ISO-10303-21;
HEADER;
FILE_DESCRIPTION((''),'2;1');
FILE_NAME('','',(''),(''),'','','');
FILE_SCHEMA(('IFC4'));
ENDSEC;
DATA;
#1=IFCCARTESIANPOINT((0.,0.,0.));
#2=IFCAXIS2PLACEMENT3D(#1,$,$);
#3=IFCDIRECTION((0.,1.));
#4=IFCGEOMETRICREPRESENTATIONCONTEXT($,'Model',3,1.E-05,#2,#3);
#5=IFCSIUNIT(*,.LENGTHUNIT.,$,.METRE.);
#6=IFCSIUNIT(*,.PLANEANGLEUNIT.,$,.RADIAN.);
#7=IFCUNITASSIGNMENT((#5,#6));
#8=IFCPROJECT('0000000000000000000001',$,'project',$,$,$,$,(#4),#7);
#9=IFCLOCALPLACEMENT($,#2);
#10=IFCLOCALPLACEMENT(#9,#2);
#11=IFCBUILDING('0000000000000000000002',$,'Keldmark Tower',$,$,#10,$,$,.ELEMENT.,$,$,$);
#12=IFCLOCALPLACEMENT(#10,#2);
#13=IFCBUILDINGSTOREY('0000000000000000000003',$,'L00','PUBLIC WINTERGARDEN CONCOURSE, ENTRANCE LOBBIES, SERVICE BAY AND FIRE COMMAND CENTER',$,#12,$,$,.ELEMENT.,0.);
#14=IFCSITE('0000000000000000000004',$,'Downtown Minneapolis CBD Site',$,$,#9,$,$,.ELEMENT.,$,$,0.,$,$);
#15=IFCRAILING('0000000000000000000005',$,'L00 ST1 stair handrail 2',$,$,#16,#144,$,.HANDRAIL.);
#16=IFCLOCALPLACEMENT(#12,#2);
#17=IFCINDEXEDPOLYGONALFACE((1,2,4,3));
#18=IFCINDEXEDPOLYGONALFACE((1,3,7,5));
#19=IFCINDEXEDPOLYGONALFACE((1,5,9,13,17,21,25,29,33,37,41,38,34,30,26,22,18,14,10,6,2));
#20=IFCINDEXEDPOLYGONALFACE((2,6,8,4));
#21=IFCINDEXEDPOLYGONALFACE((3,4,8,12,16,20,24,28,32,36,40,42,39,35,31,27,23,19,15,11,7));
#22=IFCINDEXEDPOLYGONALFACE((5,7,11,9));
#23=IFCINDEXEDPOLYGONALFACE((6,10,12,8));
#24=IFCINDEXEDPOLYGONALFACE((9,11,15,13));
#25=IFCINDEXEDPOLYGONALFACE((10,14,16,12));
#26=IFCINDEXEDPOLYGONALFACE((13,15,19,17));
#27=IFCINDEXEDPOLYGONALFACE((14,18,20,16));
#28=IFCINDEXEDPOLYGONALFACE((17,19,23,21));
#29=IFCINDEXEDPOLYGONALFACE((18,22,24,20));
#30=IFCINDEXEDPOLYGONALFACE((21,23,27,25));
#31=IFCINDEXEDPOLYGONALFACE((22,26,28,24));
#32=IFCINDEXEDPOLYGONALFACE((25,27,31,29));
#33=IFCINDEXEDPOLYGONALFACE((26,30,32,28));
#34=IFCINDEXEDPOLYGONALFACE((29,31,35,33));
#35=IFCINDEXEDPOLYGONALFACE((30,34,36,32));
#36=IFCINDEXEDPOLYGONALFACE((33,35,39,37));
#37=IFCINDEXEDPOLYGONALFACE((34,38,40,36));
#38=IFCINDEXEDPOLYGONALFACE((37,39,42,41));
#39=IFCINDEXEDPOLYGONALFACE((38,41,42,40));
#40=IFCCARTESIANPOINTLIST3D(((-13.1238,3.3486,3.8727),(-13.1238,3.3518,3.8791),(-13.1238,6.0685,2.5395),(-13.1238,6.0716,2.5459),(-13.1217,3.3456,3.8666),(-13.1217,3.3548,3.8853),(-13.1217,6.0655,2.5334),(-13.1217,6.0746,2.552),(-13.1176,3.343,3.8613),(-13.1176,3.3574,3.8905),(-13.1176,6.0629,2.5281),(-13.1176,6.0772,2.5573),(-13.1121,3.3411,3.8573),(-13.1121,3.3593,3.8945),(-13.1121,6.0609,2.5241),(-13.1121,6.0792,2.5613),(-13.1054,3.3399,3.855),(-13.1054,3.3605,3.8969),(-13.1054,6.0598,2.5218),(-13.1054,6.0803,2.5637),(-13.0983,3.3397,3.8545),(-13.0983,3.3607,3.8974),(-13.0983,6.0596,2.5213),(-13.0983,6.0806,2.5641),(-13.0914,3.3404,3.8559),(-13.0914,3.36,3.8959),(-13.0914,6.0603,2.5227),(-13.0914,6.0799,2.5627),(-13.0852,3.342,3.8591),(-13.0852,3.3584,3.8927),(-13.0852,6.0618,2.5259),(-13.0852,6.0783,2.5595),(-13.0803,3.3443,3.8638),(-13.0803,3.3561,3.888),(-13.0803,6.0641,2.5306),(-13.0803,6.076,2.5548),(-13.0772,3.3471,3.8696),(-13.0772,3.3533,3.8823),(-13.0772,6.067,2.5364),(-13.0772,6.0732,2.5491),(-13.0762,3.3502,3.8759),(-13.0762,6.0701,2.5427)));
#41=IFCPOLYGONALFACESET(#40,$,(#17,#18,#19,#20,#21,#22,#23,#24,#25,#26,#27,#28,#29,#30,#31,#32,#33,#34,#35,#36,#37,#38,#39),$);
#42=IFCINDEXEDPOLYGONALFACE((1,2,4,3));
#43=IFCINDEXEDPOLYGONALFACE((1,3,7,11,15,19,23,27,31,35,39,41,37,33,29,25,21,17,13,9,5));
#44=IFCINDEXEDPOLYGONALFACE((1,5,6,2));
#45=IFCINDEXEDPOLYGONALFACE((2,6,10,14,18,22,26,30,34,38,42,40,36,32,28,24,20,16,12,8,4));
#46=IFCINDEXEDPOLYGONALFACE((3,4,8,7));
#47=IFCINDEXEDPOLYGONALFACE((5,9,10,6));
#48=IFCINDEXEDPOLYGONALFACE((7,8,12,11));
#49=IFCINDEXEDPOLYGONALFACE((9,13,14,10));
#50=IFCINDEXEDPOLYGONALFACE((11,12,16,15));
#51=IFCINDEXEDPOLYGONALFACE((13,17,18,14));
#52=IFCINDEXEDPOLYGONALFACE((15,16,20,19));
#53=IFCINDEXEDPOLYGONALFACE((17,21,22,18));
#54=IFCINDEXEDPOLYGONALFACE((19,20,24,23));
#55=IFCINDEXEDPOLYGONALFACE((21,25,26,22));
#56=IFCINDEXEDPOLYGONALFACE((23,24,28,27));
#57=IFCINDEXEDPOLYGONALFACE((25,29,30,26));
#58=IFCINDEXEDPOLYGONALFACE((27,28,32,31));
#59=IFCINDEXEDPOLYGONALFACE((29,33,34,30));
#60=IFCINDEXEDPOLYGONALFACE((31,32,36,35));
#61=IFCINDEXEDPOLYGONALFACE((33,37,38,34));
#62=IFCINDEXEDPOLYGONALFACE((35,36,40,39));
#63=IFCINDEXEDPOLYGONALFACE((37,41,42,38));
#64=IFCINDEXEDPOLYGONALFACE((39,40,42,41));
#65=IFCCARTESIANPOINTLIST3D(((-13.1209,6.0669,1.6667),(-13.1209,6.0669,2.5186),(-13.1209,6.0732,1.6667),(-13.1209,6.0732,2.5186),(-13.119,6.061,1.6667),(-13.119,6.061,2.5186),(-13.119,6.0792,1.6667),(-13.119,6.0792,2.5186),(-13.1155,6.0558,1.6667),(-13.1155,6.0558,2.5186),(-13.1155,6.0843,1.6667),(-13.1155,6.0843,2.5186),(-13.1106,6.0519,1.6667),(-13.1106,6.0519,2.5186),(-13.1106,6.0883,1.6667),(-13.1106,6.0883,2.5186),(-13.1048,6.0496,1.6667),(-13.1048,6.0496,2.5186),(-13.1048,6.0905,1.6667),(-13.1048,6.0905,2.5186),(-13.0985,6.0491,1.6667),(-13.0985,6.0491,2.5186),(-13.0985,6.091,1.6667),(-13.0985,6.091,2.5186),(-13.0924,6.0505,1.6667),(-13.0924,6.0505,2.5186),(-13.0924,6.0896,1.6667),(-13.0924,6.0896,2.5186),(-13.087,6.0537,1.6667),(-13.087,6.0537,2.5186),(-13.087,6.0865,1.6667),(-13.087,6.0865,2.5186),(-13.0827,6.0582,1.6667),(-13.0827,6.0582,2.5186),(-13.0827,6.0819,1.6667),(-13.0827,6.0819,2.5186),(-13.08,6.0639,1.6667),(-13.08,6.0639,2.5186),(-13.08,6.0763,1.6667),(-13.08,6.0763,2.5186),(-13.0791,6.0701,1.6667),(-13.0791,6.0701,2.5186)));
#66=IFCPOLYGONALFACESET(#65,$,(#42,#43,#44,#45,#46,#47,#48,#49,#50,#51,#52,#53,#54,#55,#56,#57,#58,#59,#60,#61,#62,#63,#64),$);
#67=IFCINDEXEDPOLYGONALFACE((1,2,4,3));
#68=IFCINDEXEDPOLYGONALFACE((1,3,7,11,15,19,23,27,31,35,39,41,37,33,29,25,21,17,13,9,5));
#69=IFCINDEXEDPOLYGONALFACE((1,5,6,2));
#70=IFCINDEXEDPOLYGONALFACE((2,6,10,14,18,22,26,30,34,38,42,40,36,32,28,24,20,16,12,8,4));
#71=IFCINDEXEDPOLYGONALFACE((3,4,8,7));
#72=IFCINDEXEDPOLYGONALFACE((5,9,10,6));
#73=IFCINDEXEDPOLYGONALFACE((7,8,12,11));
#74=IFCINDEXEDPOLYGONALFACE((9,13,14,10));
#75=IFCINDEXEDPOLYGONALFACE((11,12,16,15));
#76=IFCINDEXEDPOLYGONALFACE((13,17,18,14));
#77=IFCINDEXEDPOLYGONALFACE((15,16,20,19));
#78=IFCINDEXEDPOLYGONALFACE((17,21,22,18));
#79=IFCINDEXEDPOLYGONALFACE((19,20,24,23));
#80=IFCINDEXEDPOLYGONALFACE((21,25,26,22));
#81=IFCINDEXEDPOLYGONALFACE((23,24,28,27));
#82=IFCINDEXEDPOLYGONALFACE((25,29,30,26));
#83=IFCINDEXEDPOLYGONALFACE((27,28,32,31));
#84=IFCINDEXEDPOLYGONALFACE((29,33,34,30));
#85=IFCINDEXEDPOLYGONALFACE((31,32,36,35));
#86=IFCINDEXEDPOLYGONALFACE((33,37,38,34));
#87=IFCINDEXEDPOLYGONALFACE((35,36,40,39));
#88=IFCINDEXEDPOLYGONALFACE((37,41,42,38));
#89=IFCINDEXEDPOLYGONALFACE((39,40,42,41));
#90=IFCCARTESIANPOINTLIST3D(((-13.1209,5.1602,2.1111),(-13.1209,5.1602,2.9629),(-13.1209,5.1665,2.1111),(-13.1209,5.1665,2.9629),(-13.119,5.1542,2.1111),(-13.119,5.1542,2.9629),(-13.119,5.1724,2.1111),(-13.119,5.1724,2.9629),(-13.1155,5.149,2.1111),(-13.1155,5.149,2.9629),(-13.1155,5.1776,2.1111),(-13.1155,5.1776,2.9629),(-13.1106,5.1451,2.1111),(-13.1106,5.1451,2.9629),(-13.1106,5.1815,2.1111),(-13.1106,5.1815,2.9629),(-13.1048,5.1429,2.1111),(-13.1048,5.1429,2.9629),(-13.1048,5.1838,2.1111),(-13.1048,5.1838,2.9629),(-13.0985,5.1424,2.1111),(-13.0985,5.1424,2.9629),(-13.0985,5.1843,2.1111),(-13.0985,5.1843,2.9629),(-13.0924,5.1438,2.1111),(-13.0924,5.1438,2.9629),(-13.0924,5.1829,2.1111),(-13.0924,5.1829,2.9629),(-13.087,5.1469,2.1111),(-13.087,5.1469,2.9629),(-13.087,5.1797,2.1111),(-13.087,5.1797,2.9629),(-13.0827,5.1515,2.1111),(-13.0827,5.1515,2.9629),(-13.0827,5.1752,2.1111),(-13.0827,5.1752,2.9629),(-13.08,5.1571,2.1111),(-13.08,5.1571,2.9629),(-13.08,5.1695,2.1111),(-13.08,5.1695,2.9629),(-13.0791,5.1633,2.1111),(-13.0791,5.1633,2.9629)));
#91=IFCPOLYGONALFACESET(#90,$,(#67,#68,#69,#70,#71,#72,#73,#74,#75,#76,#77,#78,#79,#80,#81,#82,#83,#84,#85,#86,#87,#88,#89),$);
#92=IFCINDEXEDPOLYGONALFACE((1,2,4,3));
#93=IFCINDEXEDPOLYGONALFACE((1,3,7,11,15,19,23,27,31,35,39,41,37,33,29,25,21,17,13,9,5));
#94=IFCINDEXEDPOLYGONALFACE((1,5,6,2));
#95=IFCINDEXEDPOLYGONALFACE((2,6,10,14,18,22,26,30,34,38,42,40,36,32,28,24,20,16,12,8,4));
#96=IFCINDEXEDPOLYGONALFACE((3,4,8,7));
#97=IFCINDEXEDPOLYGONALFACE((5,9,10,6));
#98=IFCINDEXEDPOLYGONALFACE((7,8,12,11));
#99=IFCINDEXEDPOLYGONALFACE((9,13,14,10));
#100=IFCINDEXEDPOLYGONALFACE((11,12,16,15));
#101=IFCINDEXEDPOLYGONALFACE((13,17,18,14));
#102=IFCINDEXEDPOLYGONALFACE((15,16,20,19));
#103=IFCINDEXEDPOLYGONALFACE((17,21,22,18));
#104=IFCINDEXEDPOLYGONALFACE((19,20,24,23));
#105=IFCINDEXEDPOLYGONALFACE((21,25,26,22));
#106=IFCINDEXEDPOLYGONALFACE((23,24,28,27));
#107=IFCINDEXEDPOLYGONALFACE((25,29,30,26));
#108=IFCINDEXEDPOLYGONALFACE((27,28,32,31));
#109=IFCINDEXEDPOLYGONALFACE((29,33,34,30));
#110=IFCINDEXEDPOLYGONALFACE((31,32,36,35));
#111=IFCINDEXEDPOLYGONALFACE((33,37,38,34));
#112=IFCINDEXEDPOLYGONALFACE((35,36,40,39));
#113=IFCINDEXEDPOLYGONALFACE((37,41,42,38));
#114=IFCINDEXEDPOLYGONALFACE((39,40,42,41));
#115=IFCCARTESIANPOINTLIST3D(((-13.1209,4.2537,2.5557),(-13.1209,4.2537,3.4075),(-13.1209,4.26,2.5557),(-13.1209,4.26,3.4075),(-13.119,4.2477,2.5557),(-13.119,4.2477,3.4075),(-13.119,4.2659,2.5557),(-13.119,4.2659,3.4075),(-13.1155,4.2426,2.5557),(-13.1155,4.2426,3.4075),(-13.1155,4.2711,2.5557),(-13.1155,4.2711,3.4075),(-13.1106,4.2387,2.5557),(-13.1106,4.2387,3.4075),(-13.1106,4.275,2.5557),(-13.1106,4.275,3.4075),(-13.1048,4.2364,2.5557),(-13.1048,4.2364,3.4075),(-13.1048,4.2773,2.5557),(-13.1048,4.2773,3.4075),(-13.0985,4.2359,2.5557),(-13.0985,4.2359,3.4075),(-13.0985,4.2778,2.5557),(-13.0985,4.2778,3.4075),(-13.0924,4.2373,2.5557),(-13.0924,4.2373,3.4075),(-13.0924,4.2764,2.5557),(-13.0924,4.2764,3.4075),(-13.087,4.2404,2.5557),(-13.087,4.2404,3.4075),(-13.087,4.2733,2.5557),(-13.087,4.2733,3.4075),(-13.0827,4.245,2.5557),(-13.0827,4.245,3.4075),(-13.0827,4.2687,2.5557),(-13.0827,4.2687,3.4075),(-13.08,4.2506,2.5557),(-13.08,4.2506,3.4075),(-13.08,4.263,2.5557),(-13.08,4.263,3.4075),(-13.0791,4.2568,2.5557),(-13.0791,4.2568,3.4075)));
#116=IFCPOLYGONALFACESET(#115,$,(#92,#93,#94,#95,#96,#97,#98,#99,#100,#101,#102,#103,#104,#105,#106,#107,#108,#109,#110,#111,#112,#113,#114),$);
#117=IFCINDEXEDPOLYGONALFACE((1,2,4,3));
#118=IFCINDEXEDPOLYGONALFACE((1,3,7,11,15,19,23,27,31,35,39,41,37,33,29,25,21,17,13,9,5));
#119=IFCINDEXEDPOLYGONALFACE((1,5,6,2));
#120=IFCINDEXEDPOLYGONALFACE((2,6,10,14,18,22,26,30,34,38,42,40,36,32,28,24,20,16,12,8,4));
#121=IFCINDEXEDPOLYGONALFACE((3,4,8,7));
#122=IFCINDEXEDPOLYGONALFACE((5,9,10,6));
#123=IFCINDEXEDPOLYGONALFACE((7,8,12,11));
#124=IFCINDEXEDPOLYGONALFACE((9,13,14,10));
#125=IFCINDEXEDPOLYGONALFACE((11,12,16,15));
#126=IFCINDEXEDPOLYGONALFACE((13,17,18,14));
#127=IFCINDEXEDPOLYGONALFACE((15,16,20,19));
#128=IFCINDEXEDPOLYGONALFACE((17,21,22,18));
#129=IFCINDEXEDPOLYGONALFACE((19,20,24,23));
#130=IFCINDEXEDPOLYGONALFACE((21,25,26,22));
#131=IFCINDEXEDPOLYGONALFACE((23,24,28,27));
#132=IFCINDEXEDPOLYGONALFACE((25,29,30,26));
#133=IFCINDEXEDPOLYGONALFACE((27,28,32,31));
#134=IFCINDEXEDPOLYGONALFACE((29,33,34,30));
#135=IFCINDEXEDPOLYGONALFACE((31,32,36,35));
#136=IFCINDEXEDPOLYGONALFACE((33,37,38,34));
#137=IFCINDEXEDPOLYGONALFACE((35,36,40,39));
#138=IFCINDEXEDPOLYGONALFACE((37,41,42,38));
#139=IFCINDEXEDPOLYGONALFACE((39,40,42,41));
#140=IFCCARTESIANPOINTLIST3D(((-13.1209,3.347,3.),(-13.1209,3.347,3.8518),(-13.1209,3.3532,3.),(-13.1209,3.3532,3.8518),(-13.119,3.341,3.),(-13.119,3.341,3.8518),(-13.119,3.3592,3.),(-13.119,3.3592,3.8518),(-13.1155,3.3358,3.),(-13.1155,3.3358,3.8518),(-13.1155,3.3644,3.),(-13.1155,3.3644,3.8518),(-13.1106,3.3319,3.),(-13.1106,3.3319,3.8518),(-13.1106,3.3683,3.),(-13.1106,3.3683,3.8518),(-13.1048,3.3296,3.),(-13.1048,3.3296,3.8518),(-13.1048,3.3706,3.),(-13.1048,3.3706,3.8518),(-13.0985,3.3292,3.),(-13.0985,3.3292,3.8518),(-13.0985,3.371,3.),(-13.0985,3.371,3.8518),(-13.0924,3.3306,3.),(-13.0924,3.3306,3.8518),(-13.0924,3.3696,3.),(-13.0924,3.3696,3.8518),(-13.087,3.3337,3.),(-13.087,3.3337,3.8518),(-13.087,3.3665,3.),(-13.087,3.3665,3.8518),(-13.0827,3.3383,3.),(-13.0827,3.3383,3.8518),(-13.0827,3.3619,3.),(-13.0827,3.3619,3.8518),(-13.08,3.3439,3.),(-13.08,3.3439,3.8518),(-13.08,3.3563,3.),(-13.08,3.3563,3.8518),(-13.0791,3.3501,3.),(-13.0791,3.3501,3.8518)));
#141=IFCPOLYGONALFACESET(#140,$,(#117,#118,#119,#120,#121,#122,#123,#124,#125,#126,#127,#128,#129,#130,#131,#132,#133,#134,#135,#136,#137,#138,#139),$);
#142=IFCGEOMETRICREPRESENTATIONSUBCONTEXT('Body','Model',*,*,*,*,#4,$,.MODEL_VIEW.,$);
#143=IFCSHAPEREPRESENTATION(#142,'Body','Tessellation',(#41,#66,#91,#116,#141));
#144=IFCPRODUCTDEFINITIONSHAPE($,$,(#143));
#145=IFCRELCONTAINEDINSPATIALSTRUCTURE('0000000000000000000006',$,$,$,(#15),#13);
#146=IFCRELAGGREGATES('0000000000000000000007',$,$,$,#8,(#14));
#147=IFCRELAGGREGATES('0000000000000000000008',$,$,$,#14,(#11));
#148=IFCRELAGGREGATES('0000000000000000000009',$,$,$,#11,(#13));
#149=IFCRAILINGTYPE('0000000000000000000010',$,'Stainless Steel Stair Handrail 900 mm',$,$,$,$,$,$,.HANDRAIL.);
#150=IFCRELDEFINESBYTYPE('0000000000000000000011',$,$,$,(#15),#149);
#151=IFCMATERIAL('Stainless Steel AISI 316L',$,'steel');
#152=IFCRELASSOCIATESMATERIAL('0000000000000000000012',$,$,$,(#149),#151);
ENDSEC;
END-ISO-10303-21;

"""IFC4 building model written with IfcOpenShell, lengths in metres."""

from ifc_helpers import new_model, si_unit, direction, frame, origin, origin_2d, place, context, subcontext, project, spatial, circle, extrude, material, type_object, element, save


model = new_model("IFC4")

# Units and contexts
model_context = context("Model", 3, precision=1e-05, world=origin(), true_north=direction((0.0, 1.0)))
body_context = subcontext(model_context, "Body", "Model", "MODEL_VIEW")
ifc_project = project(units=[si_unit("LENGTHUNIT", "METRE"), si_unit("PLANEANGLEUNIT", "RADIAN")], contexts=[model_context])

# Site, building, storey
site_placement = place(None, origin())
site = spatial("IfcSite", under=ifc_project, at=site_placement, Name="Downtown Minneapolis CBD Site", CompositionType="ELEMENT", RefElevation=0.0)
building_placement = place(site_placement, origin())
building = spatial("IfcBuilding", under=site, at=building_placement, Name="Keldmark Tower", CompositionType="ELEMENT")
storey_placement = place(building_placement, origin())
storey = spatial("IfcBuildingStorey", under=building, at=storey_placement, Name="L00", Description="PUBLIC WINTERGARDEN CONCOURSE, ENTRANCE LOBBIES, SERVICE BAY AND FIRE COMMAND CENTER", CompositionType="ELEMENT", Elevation=0.0)

# Railing
ifc_material_1 = material(Name="Stainless Steel AISI 316L", Category="steel")
railing_type_1 = type_object("IfcRailingType", Name="Stainless Steel Stair Handrail 900 mm", PredefinedType="HANDRAIL", material=ifc_material_1)
for number, where, name in (
    (1, (-13.1001, 6.0701, 1.6667), "L00 ST1 stair handrail 2"),
):
    element("IfcRailing", number, at=place(storey_placement, frame(where)), inside=storey, type_object=railing_type_1, Name=name, PredefinedType="HANDRAIL", context=body_context, shape_type="SweptSolid", body=[
        extrude(circle(Radius=0.0239, at=origin_2d()), frame((0.0, 0.0, 0.876), z_axis=(0.0, -0.897929, 0.440139), x_axis=(1.0, 0.0, 0.0)), (0.0, 0.0, 1.0), 3.0291),
        extrude(circle(Radius=0.021, at=origin_2d()), origin(), (0.0, 0.0, 1.0), 0.8518),
        extrude(circle(Radius=0.021, at=origin_2d()), frame((0.0, -0.9067, 0.4443)), (0.0, 0.0, 1.0), 0.8518),
        extrude(circle(Radius=0.021, at=origin_2d()), frame((0.0, -1.8132, 0.8889)), (0.0, 0.0, 1.0), 0.8518),
        extrude(circle(Radius=0.021, at=origin_2d()), frame((0.0, -2.72, 1.3333)), (0.0, 0.0, 1.0), 0.8518),
    ])

save(model, "model.ifc")
